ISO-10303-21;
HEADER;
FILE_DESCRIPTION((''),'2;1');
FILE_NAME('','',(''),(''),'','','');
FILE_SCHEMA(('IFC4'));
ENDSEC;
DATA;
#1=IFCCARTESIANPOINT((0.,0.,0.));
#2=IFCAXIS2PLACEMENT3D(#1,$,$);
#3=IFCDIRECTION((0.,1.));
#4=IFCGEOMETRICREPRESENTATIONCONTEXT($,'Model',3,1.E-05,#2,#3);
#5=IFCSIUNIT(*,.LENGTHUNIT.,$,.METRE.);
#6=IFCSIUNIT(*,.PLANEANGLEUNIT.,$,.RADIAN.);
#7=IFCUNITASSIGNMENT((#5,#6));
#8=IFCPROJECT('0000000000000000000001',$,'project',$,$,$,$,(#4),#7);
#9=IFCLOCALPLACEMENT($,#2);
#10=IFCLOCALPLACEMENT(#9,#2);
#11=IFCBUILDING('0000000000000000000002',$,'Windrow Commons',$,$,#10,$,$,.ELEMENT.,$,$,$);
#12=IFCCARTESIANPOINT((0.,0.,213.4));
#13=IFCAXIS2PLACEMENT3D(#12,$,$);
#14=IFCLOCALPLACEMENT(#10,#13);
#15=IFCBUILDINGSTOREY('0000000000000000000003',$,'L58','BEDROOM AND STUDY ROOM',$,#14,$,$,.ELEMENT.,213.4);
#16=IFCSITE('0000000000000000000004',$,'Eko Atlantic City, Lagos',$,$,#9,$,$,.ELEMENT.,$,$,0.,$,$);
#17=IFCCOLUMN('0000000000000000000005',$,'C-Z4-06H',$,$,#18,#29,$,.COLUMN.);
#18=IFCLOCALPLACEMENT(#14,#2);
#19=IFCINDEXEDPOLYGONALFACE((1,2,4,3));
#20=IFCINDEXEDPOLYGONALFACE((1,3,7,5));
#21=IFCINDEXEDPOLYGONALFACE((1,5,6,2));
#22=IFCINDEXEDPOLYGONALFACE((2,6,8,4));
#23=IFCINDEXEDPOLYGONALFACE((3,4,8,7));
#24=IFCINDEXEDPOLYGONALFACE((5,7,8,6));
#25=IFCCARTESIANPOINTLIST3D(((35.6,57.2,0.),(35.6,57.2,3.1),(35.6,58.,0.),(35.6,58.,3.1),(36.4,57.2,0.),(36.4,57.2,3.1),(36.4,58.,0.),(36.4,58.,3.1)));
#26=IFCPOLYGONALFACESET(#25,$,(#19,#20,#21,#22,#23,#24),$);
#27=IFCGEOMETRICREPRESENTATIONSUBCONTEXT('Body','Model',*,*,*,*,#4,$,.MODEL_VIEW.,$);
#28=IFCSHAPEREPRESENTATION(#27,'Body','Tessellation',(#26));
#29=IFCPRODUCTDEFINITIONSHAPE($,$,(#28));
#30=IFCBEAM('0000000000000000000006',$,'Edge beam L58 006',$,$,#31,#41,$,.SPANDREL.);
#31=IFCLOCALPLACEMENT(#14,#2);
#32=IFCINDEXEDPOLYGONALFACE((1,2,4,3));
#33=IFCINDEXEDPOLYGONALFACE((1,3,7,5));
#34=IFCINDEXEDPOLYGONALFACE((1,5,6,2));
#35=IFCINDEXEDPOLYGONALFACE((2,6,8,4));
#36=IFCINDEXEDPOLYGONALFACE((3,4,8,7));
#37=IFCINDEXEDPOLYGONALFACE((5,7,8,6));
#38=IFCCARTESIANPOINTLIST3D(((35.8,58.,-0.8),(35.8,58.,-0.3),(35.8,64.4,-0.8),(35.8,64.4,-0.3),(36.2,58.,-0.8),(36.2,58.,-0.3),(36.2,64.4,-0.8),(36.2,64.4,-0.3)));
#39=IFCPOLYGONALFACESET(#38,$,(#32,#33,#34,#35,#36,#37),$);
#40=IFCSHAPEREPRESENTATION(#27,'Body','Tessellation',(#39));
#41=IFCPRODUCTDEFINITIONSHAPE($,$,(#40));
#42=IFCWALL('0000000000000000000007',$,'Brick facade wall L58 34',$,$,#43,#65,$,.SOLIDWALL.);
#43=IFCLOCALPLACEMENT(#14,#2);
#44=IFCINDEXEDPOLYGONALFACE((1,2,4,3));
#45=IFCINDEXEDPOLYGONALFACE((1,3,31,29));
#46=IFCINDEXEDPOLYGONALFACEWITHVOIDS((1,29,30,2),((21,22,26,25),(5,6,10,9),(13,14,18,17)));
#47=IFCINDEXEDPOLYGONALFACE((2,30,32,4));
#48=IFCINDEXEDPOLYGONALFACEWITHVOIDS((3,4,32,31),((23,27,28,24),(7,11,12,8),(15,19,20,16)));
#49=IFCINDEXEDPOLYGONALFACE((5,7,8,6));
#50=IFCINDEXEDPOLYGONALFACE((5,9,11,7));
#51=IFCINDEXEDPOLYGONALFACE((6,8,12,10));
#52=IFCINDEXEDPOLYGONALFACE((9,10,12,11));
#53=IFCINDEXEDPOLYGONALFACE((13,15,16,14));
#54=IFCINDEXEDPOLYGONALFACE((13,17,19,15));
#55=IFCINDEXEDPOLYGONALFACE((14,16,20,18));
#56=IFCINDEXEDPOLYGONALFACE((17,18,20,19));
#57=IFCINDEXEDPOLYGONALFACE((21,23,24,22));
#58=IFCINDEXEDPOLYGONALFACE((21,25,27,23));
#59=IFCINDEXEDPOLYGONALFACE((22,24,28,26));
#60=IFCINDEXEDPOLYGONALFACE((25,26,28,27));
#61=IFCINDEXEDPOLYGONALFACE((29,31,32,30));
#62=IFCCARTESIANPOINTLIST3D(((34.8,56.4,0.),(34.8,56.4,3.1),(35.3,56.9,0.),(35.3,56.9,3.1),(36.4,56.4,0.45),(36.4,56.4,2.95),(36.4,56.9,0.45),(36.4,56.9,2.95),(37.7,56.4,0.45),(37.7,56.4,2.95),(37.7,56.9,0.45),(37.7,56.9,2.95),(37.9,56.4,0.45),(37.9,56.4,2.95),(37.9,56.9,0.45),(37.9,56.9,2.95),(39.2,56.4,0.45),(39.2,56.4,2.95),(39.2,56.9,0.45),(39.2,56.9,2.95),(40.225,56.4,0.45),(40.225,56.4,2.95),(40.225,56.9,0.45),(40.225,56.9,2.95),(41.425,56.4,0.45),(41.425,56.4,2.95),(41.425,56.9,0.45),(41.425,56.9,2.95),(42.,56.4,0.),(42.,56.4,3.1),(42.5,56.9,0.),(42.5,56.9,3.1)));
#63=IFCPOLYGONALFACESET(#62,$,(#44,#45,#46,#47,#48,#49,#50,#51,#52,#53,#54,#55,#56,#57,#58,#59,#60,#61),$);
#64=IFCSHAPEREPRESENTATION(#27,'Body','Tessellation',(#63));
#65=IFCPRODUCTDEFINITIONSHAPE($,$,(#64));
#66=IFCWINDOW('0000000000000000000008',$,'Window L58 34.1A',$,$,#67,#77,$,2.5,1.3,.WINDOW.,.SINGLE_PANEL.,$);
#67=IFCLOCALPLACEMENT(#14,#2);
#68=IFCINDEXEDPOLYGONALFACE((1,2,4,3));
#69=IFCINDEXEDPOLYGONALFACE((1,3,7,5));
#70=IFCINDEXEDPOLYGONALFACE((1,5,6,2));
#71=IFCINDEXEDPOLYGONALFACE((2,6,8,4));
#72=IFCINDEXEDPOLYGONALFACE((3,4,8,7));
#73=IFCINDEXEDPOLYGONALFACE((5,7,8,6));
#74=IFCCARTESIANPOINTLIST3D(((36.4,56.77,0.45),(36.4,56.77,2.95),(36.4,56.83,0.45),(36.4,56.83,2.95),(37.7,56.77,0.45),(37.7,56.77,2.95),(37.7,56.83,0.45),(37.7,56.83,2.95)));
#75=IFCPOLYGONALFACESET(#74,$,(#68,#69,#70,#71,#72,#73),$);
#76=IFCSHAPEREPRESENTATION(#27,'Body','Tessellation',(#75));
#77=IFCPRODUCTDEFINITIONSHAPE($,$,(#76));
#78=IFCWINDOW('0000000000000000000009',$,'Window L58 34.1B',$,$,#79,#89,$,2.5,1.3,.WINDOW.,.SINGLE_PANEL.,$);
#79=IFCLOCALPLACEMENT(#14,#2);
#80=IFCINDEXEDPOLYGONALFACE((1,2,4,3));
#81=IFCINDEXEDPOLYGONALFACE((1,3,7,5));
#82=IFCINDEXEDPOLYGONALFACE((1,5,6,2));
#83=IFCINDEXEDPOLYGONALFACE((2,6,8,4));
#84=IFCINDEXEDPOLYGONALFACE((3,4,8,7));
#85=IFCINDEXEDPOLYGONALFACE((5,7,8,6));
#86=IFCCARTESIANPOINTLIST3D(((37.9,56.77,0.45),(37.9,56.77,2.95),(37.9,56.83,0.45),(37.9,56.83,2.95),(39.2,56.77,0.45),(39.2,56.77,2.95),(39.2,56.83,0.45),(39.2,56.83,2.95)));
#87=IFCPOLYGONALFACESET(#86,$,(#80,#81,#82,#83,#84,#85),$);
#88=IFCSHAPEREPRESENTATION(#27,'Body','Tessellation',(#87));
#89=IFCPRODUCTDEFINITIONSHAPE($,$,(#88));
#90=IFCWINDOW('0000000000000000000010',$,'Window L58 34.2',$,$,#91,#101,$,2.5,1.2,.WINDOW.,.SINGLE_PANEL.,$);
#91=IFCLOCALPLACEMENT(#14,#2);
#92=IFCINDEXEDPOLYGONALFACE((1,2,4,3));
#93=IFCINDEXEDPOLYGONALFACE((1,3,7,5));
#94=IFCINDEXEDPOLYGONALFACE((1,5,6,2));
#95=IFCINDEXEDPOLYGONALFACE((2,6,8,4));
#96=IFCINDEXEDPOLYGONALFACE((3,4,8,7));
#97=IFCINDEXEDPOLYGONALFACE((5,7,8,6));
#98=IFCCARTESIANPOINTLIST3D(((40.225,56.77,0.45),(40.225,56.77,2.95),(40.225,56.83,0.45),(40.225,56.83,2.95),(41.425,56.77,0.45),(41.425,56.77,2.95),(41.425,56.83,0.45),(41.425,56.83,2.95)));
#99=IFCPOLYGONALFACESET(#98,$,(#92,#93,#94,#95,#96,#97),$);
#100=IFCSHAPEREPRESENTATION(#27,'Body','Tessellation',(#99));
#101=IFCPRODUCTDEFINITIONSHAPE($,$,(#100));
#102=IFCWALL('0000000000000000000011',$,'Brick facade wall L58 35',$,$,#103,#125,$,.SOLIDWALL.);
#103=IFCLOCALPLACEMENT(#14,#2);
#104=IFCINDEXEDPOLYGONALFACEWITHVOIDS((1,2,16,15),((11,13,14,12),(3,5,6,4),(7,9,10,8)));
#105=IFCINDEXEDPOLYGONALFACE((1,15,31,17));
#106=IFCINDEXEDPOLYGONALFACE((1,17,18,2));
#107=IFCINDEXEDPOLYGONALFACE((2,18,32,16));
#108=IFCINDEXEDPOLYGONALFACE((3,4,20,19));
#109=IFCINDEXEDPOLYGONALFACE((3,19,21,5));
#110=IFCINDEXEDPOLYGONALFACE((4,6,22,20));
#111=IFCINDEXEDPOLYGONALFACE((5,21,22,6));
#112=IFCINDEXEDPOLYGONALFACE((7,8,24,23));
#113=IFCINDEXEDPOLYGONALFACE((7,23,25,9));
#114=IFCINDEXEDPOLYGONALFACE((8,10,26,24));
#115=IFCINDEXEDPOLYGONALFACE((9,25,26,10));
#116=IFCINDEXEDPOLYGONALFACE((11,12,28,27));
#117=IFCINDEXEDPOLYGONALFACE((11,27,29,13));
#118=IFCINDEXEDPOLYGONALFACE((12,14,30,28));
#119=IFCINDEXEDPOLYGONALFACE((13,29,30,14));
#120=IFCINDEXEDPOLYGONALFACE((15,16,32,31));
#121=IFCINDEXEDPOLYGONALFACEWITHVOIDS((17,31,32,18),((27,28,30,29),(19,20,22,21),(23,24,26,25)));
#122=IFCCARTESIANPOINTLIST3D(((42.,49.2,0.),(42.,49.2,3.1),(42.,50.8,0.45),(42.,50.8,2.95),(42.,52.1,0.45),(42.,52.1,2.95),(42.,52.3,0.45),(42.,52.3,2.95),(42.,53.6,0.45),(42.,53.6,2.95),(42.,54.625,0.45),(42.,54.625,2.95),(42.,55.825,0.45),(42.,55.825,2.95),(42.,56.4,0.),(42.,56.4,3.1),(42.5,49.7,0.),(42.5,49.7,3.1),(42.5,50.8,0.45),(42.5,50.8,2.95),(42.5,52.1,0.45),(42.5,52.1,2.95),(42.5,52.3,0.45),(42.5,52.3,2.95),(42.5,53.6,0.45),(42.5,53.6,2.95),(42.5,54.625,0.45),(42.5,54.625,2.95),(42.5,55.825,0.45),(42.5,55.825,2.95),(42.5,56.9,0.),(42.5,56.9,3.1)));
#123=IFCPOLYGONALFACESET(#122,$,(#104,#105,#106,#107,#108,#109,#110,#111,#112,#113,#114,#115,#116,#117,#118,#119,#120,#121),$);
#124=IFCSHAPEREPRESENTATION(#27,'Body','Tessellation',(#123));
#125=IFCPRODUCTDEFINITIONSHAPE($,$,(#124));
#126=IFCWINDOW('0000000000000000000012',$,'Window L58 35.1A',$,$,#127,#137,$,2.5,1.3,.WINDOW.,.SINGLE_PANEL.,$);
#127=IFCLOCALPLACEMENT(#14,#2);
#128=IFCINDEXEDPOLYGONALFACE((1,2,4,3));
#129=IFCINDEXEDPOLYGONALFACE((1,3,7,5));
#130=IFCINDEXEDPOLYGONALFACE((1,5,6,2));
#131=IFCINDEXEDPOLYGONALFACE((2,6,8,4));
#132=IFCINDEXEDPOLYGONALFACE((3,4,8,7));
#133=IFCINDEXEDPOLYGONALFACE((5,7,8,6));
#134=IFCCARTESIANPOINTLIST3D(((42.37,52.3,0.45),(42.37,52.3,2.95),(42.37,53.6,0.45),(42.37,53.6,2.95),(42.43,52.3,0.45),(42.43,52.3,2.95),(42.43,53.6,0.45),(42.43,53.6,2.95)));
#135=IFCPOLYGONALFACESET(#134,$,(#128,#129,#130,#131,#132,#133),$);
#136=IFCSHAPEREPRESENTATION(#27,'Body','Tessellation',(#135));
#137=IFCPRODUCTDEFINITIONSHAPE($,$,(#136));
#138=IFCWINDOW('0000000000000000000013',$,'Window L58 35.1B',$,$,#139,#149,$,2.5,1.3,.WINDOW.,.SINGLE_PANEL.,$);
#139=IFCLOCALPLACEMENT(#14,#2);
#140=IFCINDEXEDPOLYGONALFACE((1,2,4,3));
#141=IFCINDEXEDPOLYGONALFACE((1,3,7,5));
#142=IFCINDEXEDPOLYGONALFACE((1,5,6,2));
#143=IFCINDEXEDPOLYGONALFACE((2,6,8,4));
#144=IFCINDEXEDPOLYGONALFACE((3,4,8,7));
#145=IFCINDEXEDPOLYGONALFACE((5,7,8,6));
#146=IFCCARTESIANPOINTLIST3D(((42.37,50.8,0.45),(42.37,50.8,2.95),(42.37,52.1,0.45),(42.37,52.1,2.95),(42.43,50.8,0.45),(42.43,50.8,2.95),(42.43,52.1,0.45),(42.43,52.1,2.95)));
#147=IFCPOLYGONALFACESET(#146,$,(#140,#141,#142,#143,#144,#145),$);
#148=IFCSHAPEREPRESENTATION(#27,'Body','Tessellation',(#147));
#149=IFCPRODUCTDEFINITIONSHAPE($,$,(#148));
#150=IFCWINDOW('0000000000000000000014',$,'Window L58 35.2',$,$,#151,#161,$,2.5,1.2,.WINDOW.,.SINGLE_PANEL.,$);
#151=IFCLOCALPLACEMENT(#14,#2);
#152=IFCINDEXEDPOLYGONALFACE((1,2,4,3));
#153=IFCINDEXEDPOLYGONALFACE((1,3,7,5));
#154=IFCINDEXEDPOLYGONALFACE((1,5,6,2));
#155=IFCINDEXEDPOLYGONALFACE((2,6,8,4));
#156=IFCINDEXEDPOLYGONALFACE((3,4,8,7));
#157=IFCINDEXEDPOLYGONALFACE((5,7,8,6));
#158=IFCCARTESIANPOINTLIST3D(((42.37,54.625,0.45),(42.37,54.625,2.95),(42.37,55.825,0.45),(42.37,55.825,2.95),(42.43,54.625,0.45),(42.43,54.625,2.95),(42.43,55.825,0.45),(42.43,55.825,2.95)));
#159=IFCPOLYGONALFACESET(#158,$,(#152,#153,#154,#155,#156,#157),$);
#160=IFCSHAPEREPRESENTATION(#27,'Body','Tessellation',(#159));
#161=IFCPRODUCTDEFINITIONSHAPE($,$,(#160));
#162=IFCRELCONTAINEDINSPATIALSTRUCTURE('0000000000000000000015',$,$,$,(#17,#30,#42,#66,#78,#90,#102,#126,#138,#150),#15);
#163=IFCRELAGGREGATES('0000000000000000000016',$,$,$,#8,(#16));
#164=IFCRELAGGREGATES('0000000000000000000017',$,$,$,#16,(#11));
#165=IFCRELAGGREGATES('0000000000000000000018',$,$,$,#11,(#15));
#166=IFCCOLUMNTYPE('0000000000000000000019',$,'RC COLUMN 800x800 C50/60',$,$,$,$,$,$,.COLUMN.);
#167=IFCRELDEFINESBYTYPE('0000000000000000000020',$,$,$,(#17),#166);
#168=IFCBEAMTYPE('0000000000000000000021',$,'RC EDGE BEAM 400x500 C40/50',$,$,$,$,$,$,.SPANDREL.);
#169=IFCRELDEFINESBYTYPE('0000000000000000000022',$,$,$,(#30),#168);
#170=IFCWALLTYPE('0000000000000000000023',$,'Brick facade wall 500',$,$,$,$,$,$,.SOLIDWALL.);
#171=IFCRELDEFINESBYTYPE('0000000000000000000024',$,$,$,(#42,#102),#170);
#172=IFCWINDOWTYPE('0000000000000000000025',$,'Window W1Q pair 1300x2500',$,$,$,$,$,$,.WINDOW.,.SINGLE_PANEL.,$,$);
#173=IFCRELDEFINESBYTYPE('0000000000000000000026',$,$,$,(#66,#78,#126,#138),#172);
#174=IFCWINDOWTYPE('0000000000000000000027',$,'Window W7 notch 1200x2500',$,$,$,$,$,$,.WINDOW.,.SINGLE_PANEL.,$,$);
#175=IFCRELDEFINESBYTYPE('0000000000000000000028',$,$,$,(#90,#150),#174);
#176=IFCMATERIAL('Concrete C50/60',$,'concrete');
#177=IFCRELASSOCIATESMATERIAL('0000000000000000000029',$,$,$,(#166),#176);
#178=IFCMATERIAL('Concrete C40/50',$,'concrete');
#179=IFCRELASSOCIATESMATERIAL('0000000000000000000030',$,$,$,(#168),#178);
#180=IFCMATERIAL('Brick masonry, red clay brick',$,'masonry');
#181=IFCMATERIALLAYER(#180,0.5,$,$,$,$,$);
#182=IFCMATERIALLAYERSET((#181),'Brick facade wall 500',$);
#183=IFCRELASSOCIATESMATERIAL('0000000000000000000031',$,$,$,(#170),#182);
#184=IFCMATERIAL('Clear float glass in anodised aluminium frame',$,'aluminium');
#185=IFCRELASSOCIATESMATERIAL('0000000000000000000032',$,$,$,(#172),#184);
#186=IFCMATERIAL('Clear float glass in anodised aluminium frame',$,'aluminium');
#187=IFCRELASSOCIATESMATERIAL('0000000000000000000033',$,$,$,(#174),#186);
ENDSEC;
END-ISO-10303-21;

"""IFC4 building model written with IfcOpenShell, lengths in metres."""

from ifc_helpers import new_model, si_unit, direction, frame, frame_2d, origin, origin_2d, place, context, subcontext, project, spatial, polyline, rectangle, outline, extrude, material, layer, layer_set, material_profile, profile_set, type_object, element, fill, save


model = new_model("IFC4")

# Units and contexts
model_context = context("Model", 3, precision=1e-05, world=origin(), true_north=direction((0.0, 1.0)))
body_context = subcontext(model_context, "Body", "Model", "MODEL_VIEW")
ifc_project = project(units=[si_unit("LENGTHUNIT", "METRE"), si_unit("PLANEANGLEUNIT", "RADIAN")], contexts=[model_context])

# Site, building, storey
site_placement = place(None, origin())
site = spatial("IfcSite", under=ifc_project, at=site_placement, Name="Eko Atlantic City, Lagos", CompositionType="ELEMENT", RefElevation=0.0)
building_placement = place(site_placement, origin())
building = spatial("IfcBuilding", under=site, at=building_placement, Name="Windrow Commons", CompositionType="ELEMENT")
storey_placement = place(building_placement, frame((0.0, 0.0, 213.4)))
storey = spatial("IfcBuildingStorey", under=building, at=storey_placement, Name="L58", Description="BEDROOM AND STUDY ROOM", CompositionType="ELEMENT", Elevation=213.4)

# Column
ifc_material_1 = material(Name="Concrete C50/60", Category="concrete")
ifc_material_profile_1 = material_profile(ifc_material_1, rectangle(XDim=0.8, YDim=0.8, at=origin_2d()))
ifc_profile_set_1 = profile_set([ifc_material_profile_1], Name="Concrete C50/60")
column_type = type_object("IfcColumnType", Name="RC COLUMN 800x800 C50/60", PredefinedType="COLUMN", material=ifc_profile_set_1)
column_placement = place(storey_placement, frame((36.0, 57.6, 0.0), z_axis=(0.0, 0.0, 1.0), x_axis=(1.0, 0.0, 0.0)))
element("IfcColumn", 1, at=column_placement, inside=storey, type_object=column_type, Name="C-Z4-06H", PredefinedType="COLUMN", context=body_context, shape_type="SweptSolid", body=[
    extrude(rectangle(XDim=0.8, YDim=0.8, at=origin_2d()), origin(), (0.0, 0.0, 1.0), 3.1),
])

# Beam
ifc_material_2 = material(Name="Concrete C40/50", Category="concrete")
ifc_material_profile_2 = material_profile(ifc_material_2, rectangle(XDim=0.4, YDim=0.5, at=origin_2d()))
ifc_profile_set_2 = profile_set([ifc_material_profile_2], Name="Concrete C40/50")
beam_type = type_object("IfcBeamType", Name="RC EDGE BEAM 400x500 C40/50", PredefinedType="SPANDREL", material=ifc_profile_set_2)
beam_placement = place(storey_placement, frame((36.0, 58.0, -0.55), z_axis=(0.0, 1.0, 0.0), x_axis=(-1.0, 0.0, 0.0)))
element("IfcBeam", 2, at=beam_placement, inside=storey, type_object=beam_type, Name="Edge beam L58 006", PredefinedType="SPANDREL", context=body_context, shape_type="SweptSolid", body=[
    extrude(rectangle(XDim=0.4, YDim=0.5, at=origin_2d()), origin(), (0.0, 0.0, 1.0), 6.4),
])

# Walls, openings, windows
ifc_material_3 = material(Name="Brick masonry, red clay brick", Category="masonry")
ifc_layer_1 = layer(ifc_material_3, 0.5)
ifc_layer_set_1 = layer_set([ifc_layer_1], Name="Brick facade wall 500")
wall_type_1 = type_object("IfcWallType", Name="Brick facade wall 500", PredefinedType="SOLIDWALL", material=ifc_layer_set_1)
wall_1_placement = place(storey_placement, frame((35.05, 56.65, 0.0), z_axis=(0.0, 0.0, 1.0), x_axis=(1.0, 0.0, 0.0)))
wall_1 = element("IfcWall", 3, at=wall_1_placement, inside=storey, type_object=wall_type_1, Name="Brick facade wall L58 34", PredefinedType="SOLIDWALL", context=body_context, shape_type="SweptSolid", body=[
    extrude(outline(polyline([(-0.25, -0.25), (6.95, -0.25), (7.45, 0.25), (0.25, 0.25), (-0.25, -0.25)])), origin(), (0.0, 0.0, 1.0), 3.1),
])
opening_1_placement = place(wall_1_placement, frame((1.35, 0.0, 0.45)))
opening_1 = element("IfcOpeningElement", 4, at=opening_1_placement, cuts=wall_1, PredefinedType="OPENING", context=body_context, shape_type="SweptSolid", body=[
    extrude(rectangle(XDim=1.3, YDim=2.5, at=frame_2d((0.65, 1.25))), frame((0.0, 0.26, 0.0), z_axis=(0.0, -1.0, 0.0), x_axis=(1.0, 0.0, 0.0)), (0.0, 0.0, 1.0), 0.52),
])
opening_2_placement = place(wall_1_placement, frame((2.85, 0.0, 0.45)))
opening_2 = element("IfcOpeningElement", 5, at=opening_2_placement, cuts=wall_1, PredefinedType="OPENING", context=body_context, shape_type="SweptSolid", body=[
    extrude(rectangle(XDim=1.3, YDim=2.5, at=frame_2d((0.65, 1.25))), frame((0.0, 0.26, 0.0), z_axis=(0.0, -1.0, 0.0), x_axis=(1.0, 0.0, 0.0)), (0.0, 0.0, 1.0), 0.52),
])
opening_3_placement = place(wall_1_placement, frame((5.175, 0.0, 0.45)))
opening_3 = element("IfcOpeningElement", 6, at=opening_3_placement, cuts=wall_1, PredefinedType="OPENING", context=body_context, shape_type="SweptSolid", body=[
    extrude(rectangle(XDim=1.2, YDim=2.5, at=frame_2d((0.6, 1.25))), frame((0.0, 0.26, 0.0), z_axis=(0.0, -1.0, 0.0), x_axis=(1.0, 0.0, 0.0)), (0.0, 0.0, 1.0), 0.52),
])
ifc_material_4 = material(Name="Clear float glass in anodised aluminium frame", Category="aluminium")
window_type_1 = type_object("IfcWindowType", Name="Window W1Q pair 1300x2500", PartitioningType="SINGLE_PANEL", PredefinedType="WINDOW", material=ifc_material_4)
window_1_placement = place(opening_1_placement, origin())
window_1 = element("IfcWindow", 7, at=window_1_placement, inside=storey, type_object=window_type_1, Name="Window L58 34.1A", OverallHeight=2.5, OverallWidth=1.3, PartitioningType="SINGLE_PANEL", PredefinedType="WINDOW", context=body_context, shape_type="SweptSolid", body=[
    extrude(rectangle(XDim=1.3, YDim=2.5, at=frame_2d((0.65, 1.25))), frame((0.0, 0.18, 0.0), z_axis=(0.0, -1.0, 0.0), x_axis=(1.0, 0.0, 0.0)), (0.0, 0.0, 1.0), 0.06),
])
fill(opening_1, window_1)
window_2_placement = place(opening_2_placement, origin())
window_2 = element("IfcWindow", 8, at=window_2_placement, inside=storey, type_object=window_type_1, Name="Window L58 34.1B", OverallHeight=2.5, OverallWidth=1.3, PartitioningType="SINGLE_PANEL", PredefinedType="WINDOW", context=body_context, shape_type="SweptSolid", body=[
    extrude(rectangle(XDim=1.3, YDim=2.5, at=frame_2d((0.65, 1.25))), frame((0.0, 0.18, 0.0), z_axis=(0.0, -1.0, 0.0), x_axis=(1.0, 0.0, 0.0)), (0.0, 0.0, 1.0), 0.06),
])
fill(opening_2, window_2)
ifc_material_5 = material(Name="Clear float glass in anodised aluminium frame", Category="aluminium")
window_type_2 = type_object("IfcWindowType", Name="Window W7 notch 1200x2500", PartitioningType="SINGLE_PANEL", PredefinedType="WINDOW", material=ifc_material_5)
window_3_placement = place(opening_3_placement, origin())
window_3 = element("IfcWindow", 9, at=window_3_placement, inside=storey, type_object=window_type_2, Name="Window L58 34.2", OverallHeight=2.5, OverallWidth=1.2, PartitioningType="SINGLE_PANEL", PredefinedType="WINDOW", context=body_context, shape_type="SweptSolid", body=[
    extrude(rectangle(XDim=1.2, YDim=2.5, at=frame_2d((0.6, 1.25))), frame((0.0, 0.18, 0.0), z_axis=(0.0, -1.0, 0.0), x_axis=(1.0, 0.0, 0.0)), (0.0, 0.0, 1.0), 0.06),
])
fill(opening_3, window_3)
wall_2_placement = place(storey_placement, frame((42.25, 56.65, 0.0), z_axis=(0.0, 0.0, 1.0), x_axis=(0.0, -1.0, 0.0)))
wall_2 = element("IfcWall", 10, at=wall_2_placement, inside=storey, type_object=wall_type_1, Name="Brick facade wall L58 35", PredefinedType="SOLIDWALL", context=body_context, shape_type="SweptSolid", body=[
    extrude(outline(polyline([(0.25, -0.25), (7.45, -0.25), (6.95, 0.25), (-0.25, 0.25), (0.25, -0.25)])), origin(), (0.0, 0.0, 1.0), 3.1),
])
opening_4_placement = place(wall_2_placement, frame((3.05, 0.0, 0.45)))
opening_4 = element("IfcOpeningElement", 11, at=opening_4_placement, cuts=wall_2, PredefinedType="OPENING", context=body_context, shape_type="SweptSolid", body=[
    extrude(rectangle(XDim=1.3, YDim=2.5, at=frame_2d((0.65, 1.25))), frame((0.0, 0.26, 0.0), z_axis=(0.0, -1.0, 0.0), x_axis=(1.0, 0.0, 0.0)), (0.0, 0.0, 1.0), 0.52),
])
opening_5_placement = place(wall_2_placement, frame((4.55, 0.0, 0.45)))
opening_5 = element("IfcOpeningElement", 12, at=opening_5_placement, cuts=wall_2, PredefinedType="OPENING", context=body_context, shape_type="SweptSolid", body=[
    extrude(rectangle(XDim=1.3, YDim=2.5, at=frame_2d((0.65, 1.25))), frame((0.0, 0.26, 0.0), z_axis=(0.0, -1.0, 0.0), x_axis=(1.0, 0.0, 0.0)), (0.0, 0.0, 1.0), 0.52),
])
opening_6_placement = place(wall_2_placement, frame((0.825, 0.0, 0.45)))
opening_6 = element("IfcOpeningElement", 13, at=opening_6_placement, cuts=wall_2, PredefinedType="OPENING", context=body_context, shape_type="SweptSolid", body=[
    extrude(rectangle(XDim=1.2, YDim=2.5, at=frame_2d((0.6, 1.25))), frame((0.0, 0.26, 0.0), z_axis=(0.0, -1.0, 0.0), x_axis=(1.0, 0.0, 0.0)), (0.0, 0.0, 1.0), 0.52),
])
window_4_placement = place(opening_4_placement, origin())
window_4 = element("IfcWindow", 14, at=window_4_placement, inside=storey, type_object=window_type_1, Name="Window L58 35.1A", OverallHeight=2.5, OverallWidth=1.3, PartitioningType="SINGLE_PANEL", PredefinedType="WINDOW", context=body_context, shape_type="SweptSolid", body=[
    extrude(rectangle(XDim=1.3, YDim=2.5, at=frame_2d((0.65, 1.25))), frame((0.0, 0.18, 0.0), z_axis=(0.0, -1.0, 0.0), x_axis=(1.0, 0.0, 0.0)), (0.0, 0.0, 1.0), 0.06),
])
fill(opening_4, window_4)
window_5_placement = place(opening_5_placement, origin())
window_5 = element("IfcWindow", 15, at=window_5_placement, inside=storey, type_object=window_type_1, Name="Window L58 35.1B", OverallHeight=2.5, OverallWidth=1.3, PartitioningType="SINGLE_PANEL", PredefinedType="WINDOW", context=body_context, shape_type="SweptSolid", body=[
    extrude(rectangle(XDim=1.3, YDim=2.5, at=frame_2d((0.65, 1.25))), frame((0.0, 0.18, 0.0), z_axis=(0.0, -1.0, 0.0), x_axis=(1.0, 0.0, 0.0)), (0.0, 0.0, 1.0), 0.06),
])
fill(opening_5, window_5)
window_6_placement = place(opening_6_placement, origin())
window_6 = element("IfcWindow", 16, at=window_6_placement, inside=storey, type_object=window_type_2, Name="Window L58 35.2", OverallHeight=2.5, OverallWidth=1.2, PartitioningType="SINGLE_PANEL", PredefinedType="WINDOW", context=body_context, shape_type="SweptSolid", body=[
    extrude(rectangle(XDim=1.2, YDim=2.5, at=frame_2d((0.6, 1.25))), frame((0.0, 0.18, 0.0), z_axis=(0.0, -1.0, 0.0), x_axis=(1.0, 0.0, 0.0)), (0.0, 0.0, 1.0), 0.06),
])
fill(opening_6, window_6)

save(model, "model.ifc")
